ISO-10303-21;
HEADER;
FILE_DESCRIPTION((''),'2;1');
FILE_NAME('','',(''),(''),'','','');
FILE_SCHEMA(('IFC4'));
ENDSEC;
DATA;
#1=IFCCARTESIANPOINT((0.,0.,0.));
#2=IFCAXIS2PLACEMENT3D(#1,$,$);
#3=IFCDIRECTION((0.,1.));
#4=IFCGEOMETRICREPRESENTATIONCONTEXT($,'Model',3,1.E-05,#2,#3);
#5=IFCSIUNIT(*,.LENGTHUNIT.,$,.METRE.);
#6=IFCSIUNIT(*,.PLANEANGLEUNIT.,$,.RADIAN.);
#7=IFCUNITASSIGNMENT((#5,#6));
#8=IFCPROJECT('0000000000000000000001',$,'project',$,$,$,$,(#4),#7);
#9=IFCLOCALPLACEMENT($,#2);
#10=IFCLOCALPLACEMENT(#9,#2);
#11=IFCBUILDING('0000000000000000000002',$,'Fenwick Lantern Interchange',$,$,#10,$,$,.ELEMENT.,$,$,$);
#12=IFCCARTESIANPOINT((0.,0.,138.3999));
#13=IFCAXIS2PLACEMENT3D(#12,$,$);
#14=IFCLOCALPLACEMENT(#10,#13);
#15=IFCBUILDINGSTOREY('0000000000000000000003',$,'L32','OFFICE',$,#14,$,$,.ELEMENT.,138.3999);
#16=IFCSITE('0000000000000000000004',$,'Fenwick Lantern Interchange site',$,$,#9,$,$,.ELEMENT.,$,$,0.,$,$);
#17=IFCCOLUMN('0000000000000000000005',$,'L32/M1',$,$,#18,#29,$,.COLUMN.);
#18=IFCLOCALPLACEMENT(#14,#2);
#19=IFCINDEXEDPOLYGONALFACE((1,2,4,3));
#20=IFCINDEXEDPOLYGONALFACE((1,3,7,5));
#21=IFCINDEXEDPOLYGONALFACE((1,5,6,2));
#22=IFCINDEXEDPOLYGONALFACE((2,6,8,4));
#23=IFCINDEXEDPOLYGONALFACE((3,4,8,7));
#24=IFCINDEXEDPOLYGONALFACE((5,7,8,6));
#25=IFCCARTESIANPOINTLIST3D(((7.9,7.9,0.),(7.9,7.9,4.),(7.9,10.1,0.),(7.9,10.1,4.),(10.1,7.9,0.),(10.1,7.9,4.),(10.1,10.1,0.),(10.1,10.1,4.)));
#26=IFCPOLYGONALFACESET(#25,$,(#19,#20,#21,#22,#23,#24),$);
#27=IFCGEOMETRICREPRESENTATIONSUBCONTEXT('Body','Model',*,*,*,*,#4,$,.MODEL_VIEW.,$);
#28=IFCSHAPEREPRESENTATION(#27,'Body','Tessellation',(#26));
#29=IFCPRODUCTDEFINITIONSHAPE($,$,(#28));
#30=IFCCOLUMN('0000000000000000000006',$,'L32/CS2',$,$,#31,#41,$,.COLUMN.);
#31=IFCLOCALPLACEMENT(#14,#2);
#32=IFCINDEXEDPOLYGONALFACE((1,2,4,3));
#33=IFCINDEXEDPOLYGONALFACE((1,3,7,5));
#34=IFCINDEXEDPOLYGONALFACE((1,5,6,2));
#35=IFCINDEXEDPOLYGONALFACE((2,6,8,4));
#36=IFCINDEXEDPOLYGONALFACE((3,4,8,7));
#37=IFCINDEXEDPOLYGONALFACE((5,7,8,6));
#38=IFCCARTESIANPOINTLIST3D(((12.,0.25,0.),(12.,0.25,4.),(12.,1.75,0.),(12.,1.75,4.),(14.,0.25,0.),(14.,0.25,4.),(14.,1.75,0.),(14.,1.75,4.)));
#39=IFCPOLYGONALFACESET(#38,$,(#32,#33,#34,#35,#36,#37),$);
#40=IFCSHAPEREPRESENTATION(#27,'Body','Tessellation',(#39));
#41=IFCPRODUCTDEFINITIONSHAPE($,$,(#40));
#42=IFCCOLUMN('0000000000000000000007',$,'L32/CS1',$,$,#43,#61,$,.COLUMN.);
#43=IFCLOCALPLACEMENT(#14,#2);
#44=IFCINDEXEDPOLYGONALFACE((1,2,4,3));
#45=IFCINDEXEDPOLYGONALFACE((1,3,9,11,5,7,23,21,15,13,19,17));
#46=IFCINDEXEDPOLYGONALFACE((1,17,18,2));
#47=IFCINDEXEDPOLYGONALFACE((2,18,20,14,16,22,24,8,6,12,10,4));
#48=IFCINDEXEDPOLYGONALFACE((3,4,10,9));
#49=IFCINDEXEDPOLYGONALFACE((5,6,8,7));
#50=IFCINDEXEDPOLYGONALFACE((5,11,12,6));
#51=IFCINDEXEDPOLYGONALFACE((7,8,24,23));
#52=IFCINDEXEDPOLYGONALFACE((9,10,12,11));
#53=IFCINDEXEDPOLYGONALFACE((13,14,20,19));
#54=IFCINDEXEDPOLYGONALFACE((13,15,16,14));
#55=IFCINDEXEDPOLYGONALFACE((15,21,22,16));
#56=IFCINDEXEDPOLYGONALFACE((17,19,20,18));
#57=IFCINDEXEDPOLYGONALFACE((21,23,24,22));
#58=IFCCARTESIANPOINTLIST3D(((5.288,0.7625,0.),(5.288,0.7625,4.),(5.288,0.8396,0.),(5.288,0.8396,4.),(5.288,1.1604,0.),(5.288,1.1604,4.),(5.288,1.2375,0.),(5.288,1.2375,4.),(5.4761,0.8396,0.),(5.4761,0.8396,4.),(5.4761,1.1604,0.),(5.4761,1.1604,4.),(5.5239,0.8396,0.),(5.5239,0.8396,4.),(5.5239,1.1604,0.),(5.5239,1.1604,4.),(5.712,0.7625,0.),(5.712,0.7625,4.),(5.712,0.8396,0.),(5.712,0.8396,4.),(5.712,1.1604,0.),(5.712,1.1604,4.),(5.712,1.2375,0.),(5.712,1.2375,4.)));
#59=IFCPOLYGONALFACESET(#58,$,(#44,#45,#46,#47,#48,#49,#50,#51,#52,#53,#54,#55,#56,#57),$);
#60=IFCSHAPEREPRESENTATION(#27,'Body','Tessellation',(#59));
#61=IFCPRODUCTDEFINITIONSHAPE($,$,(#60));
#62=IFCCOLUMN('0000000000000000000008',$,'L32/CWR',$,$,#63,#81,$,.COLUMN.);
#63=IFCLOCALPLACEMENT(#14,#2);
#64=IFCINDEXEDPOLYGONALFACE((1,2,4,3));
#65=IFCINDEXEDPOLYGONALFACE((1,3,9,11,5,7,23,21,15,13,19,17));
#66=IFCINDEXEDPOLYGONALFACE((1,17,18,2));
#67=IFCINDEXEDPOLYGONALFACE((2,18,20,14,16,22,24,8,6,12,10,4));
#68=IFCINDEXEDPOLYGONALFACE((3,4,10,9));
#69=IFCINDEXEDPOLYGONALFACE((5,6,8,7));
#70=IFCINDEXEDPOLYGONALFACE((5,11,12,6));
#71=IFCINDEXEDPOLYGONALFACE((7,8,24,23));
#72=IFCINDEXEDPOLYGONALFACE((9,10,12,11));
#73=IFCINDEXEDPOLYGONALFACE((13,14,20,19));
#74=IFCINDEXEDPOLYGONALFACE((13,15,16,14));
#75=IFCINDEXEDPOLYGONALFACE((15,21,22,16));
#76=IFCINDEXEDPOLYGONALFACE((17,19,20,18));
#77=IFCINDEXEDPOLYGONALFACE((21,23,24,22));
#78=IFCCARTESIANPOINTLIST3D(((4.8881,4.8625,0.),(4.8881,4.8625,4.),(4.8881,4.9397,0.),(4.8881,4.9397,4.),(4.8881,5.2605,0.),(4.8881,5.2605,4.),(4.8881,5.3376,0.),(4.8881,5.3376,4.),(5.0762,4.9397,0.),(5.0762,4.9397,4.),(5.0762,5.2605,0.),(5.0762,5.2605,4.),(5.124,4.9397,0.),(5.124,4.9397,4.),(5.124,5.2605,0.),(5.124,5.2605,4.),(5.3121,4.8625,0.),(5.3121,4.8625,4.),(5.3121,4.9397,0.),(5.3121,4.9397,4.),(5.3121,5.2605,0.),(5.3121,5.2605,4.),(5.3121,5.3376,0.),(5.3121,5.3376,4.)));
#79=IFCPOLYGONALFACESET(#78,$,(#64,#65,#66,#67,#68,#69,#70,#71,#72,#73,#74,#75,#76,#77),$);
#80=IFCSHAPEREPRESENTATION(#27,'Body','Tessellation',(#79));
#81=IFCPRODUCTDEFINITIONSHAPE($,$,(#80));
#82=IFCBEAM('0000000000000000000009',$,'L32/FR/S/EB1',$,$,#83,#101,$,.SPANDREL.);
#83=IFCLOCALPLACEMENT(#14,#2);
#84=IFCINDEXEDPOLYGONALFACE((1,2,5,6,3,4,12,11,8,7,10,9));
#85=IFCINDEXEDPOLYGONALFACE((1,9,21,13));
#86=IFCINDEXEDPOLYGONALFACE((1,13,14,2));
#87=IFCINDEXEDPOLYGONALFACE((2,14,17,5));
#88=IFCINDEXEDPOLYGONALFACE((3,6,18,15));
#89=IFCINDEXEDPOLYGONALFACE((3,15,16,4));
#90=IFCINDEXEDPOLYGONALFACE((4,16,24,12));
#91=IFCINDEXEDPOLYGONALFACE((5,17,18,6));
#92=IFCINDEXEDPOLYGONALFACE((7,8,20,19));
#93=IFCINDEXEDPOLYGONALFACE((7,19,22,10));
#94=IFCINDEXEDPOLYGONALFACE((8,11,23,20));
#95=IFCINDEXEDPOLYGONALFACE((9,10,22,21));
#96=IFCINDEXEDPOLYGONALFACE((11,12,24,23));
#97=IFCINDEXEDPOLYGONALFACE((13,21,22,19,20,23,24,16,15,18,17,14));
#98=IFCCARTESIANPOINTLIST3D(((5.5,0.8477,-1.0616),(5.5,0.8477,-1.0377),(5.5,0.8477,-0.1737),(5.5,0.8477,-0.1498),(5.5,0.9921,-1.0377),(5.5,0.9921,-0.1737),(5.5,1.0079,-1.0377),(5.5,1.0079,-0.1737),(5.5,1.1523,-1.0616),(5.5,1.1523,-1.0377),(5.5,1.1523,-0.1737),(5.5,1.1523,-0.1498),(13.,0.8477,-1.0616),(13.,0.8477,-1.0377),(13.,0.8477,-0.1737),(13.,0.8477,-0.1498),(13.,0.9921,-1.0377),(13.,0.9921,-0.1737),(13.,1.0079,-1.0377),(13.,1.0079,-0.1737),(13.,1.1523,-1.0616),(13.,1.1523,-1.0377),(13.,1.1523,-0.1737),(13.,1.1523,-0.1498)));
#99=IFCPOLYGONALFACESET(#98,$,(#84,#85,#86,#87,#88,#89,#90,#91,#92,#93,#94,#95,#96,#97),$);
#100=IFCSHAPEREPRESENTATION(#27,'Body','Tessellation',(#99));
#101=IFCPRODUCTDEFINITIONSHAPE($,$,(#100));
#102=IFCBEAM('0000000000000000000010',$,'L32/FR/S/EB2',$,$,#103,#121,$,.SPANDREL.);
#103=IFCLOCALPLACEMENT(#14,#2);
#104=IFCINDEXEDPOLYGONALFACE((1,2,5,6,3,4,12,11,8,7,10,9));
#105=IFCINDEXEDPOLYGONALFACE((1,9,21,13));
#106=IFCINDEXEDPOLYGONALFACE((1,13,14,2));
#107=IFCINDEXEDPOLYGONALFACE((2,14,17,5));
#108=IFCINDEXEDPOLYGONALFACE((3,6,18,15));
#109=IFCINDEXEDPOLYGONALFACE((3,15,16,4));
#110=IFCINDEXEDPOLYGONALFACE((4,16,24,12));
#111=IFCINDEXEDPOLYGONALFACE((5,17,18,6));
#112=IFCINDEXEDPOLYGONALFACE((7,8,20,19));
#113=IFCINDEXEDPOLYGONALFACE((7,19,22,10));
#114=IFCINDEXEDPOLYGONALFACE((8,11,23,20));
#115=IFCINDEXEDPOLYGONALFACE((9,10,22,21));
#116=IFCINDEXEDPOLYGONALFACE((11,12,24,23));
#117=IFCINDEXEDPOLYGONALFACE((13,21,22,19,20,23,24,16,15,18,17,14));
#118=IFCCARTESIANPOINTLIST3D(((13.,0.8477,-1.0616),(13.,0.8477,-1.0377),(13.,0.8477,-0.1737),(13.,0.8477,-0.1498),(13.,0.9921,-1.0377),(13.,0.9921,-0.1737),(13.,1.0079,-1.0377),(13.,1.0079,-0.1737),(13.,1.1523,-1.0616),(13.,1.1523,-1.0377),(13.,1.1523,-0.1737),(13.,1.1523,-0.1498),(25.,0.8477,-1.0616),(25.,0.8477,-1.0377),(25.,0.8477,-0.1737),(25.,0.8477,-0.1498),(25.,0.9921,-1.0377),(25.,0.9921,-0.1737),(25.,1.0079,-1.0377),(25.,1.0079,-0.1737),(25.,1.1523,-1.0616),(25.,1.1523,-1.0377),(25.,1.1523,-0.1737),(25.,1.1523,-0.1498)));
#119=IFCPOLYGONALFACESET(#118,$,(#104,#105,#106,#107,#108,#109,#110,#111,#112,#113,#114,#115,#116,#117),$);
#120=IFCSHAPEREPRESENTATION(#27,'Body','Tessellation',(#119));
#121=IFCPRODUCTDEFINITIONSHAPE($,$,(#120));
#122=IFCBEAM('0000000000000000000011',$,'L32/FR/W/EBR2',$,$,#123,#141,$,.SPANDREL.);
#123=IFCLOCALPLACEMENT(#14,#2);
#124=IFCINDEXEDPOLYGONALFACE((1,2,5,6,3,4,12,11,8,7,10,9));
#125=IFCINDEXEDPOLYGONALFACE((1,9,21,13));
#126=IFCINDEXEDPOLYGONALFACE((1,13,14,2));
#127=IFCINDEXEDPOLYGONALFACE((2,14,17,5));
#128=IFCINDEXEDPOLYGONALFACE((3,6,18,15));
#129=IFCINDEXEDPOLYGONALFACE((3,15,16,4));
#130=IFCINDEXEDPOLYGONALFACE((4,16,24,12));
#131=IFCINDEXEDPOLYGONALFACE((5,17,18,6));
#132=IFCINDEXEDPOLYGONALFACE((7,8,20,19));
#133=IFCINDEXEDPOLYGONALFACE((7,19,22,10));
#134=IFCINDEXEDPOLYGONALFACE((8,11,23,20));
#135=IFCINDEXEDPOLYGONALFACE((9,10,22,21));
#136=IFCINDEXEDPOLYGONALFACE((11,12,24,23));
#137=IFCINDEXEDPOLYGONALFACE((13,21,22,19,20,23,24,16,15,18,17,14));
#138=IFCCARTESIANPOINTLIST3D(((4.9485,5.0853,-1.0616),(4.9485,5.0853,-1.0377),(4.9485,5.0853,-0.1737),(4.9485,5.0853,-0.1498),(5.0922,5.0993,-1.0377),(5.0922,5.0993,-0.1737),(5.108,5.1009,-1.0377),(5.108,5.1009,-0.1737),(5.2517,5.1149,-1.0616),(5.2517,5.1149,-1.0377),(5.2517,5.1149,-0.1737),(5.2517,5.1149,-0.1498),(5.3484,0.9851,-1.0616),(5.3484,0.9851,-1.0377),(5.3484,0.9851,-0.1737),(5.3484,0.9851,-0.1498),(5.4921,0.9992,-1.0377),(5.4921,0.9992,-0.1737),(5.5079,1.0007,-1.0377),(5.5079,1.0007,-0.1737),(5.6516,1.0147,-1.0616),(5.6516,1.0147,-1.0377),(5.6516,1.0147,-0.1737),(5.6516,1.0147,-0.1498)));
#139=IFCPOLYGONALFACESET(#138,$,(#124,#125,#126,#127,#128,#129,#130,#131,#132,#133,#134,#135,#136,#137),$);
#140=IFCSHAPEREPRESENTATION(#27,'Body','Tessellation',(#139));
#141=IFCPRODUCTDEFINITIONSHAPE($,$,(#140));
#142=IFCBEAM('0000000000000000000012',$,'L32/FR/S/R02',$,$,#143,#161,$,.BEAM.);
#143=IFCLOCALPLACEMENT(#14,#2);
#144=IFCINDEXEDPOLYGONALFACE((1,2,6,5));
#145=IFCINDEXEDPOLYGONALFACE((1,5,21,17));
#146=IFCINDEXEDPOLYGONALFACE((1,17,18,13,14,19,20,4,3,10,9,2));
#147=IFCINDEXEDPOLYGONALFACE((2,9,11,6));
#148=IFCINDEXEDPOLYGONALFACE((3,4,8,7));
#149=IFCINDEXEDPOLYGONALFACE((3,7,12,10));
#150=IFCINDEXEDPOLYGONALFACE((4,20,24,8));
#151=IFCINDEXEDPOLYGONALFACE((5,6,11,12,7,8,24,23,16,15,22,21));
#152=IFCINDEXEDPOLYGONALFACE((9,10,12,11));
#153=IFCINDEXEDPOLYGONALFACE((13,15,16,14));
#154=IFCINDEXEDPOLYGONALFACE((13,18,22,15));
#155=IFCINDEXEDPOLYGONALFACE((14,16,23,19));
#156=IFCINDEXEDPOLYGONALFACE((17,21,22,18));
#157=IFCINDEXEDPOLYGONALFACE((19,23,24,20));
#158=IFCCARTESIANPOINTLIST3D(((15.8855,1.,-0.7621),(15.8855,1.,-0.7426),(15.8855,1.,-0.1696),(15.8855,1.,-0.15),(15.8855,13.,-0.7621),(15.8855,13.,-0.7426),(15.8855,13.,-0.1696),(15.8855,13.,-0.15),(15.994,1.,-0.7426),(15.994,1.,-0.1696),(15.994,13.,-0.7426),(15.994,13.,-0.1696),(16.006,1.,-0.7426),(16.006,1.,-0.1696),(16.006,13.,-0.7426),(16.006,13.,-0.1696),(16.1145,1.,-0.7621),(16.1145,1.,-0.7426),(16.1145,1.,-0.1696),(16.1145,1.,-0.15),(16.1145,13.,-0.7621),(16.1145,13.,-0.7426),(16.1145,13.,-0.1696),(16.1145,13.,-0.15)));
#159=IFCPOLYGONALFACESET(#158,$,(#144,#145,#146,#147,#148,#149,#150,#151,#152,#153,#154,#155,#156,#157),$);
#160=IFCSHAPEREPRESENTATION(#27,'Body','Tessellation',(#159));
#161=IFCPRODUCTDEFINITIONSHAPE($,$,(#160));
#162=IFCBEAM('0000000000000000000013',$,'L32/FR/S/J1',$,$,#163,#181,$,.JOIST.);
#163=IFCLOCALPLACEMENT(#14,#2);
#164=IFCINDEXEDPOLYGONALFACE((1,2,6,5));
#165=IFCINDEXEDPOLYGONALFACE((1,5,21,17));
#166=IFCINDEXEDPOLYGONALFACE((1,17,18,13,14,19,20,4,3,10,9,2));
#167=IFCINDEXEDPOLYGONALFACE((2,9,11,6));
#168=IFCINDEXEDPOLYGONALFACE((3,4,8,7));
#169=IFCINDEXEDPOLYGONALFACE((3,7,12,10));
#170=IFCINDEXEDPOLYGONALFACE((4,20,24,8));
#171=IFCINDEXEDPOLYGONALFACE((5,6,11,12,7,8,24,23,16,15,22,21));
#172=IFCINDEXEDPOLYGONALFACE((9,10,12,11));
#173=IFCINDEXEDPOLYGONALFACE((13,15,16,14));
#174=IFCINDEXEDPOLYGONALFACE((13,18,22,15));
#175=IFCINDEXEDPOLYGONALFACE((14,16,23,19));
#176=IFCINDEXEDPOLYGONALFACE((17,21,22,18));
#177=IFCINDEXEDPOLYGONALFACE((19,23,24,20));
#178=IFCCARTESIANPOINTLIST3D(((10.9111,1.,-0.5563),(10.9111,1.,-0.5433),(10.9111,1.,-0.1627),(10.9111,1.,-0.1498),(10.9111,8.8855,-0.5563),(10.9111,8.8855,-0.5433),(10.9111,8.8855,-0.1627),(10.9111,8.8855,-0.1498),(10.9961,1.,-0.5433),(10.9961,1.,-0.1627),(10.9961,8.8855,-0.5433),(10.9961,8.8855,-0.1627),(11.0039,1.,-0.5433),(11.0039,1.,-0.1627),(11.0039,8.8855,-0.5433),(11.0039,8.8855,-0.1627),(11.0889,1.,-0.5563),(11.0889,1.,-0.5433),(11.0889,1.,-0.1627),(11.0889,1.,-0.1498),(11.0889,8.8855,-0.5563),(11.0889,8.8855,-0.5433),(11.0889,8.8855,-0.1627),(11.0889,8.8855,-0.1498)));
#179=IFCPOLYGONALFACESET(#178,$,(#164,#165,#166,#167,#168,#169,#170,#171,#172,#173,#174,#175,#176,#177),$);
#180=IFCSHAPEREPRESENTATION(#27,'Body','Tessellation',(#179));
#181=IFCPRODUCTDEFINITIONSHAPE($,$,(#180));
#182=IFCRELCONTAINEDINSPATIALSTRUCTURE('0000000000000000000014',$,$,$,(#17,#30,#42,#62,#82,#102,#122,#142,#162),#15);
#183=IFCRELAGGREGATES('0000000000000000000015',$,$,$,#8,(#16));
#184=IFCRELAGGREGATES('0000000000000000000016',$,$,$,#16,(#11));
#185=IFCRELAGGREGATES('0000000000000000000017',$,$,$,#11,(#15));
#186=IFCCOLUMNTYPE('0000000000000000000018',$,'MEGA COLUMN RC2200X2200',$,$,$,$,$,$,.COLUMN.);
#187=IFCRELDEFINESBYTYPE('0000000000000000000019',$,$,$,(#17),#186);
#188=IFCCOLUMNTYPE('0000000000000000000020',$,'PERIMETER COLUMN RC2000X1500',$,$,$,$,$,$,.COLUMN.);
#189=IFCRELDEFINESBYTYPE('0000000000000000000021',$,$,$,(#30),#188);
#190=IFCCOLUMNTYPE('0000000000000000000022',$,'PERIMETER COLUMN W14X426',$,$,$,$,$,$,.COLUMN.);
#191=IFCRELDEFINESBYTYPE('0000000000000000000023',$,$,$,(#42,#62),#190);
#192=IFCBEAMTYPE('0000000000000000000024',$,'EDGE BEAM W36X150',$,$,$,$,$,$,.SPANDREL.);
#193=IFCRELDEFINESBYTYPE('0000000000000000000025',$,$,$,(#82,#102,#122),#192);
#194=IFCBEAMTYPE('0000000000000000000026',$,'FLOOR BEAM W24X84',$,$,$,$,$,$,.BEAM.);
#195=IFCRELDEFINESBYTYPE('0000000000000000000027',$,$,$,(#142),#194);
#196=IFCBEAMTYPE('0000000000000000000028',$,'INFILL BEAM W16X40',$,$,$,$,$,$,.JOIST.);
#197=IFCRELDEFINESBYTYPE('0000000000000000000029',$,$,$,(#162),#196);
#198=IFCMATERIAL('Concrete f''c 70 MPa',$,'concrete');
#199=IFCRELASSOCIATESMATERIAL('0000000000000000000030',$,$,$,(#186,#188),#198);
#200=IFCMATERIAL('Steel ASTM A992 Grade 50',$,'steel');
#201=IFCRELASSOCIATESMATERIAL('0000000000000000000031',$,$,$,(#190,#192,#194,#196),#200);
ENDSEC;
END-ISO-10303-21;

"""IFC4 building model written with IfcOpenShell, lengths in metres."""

from ifc_helpers import new_model, si_unit, direction, frame, origin, origin_2d, place, context, subcontext, project, spatial, rectangle, i_section, extrude, material, material_profile, profile_set, type_object, element, save


model = new_model("IFC4")

# Units and contexts
model_context = context("Model", 3, precision=1e-05, world=origin(), true_north=direction((0.0, 1.0)))
body_context = subcontext(model_context, "Body", "Model", "MODEL_VIEW")
ifc_project = project(units=[si_unit("LENGTHUNIT", "METRE"), si_unit("PLANEANGLEUNIT", "RADIAN")], contexts=[model_context])

# Site, building, storey
site_placement = place(None, origin())
site = spatial("IfcSite", under=ifc_project, at=site_placement, Name="Fenwick Lantern Interchange site", CompositionType="ELEMENT", RefElevation=0.0)
building_placement = place(site_placement, origin())
building = spatial("IfcBuilding", under=site, at=building_placement, Name="Fenwick Lantern Interchange", CompositionType="ELEMENT")
storey_placement = place(building_placement, frame((0.0, 0.0, 138.3999)))
storey = spatial("IfcBuildingStorey", under=building, at=storey_placement, Name="L32", Description="OFFICE", CompositionType="ELEMENT", Elevation=138.3999)

# Columns
ifc_material_1 = material(Name="Concrete f'c 70 MPa", Category="concrete")
ifc_material_profile_1 = material_profile(ifc_material_1, rectangle(XDim=2.2, YDim=2.2, at=origin_2d()), Name="RC2200X2200")
ifc_profile_set_1 = profile_set([ifc_material_profile_1], Name="Concrete f'c 70 MPa")
column_type_1 = type_object("IfcColumnType", Name="MEGA COLUMN RC2200X2200", PredefinedType="COLUMN", material=ifc_profile_set_1)
column_1_placement = place(storey_placement, frame((9.0, 9.0, 0.0), z_axis=(0.0, 0.0, 1.0), x_axis=(1.0, 0.0, 0.0)))
element("IfcColumn", 1, at=column_1_placement, inside=storey, type_object=column_type_1, Name="L32/M1", PredefinedType="COLUMN", context=body_context, shape_type="SweptSolid", body=[
    extrude(rectangle(XDim=2.2, YDim=2.2, at=origin_2d()), origin(), (0.0, 0.0, 1.0), 4.0),
])
ifc_material_profile_2 = material_profile(ifc_material_1, rectangle(XDim=2.0, YDim=1.5, at=origin_2d()), Name="RC2000X1500")
ifc_profile_set_2 = profile_set([ifc_material_profile_2], Name="Concrete f'c 70 MPa")
column_type_2 = type_object("IfcColumnType", Name="PERIMETER COLUMN RC2000X1500", PredefinedType="COLUMN", material=ifc_profile_set_2)
column_2_placement = place(storey_placement, frame((13.0, 1.0, 0.0), z_axis=(0.0, 0.0, 1.0), x_axis=(1.0, 0.0, 0.0)))
element("IfcColumn", 2, at=column_2_placement, inside=storey, type_object=column_type_2, Name="L32/CS2", PredefinedType="COLUMN", context=body_context, shape_type="SweptSolid", body=[
    extrude(rectangle(XDim=2.0, YDim=1.5, at=origin_2d()), origin(), (0.0, 0.0, 1.0), 4.0),
])
ifc_material_2 = material(Name="Steel ASTM A992 Grade 50", Category="steel")
ifc_material_profile_3 = material_profile(ifc_material_2, i_section(OverallWidth=0.4241, OverallDepth=0.4751, WebThickness=0.0479, FlangeThickness=0.0771, at=origin_2d()), Name="W14X426")
ifc_profile_set_3 = profile_set([ifc_material_profile_3], Name="Steel ASTM A992 Grade 50")
column_type_3 = type_object("IfcColumnType", Name="PERIMETER COLUMN W14X426", PredefinedType="COLUMN", material=ifc_profile_set_3)
for number, where, z_axis, x_axis, name in (
    (3, (5.5, 1.0, 0.0), (0.0, 0.0, 1.0), (1.0, 0.0, 0.0), "L32/CS1"),
    (4, (5.1001, 5.1001, 0.0), (0.0, 0.0, 1.0), (1.0, 0.0, 0.0), "L32/CWR"),
):
    element("IfcColumn", number, at=place(storey_placement, frame(where, z_axis=z_axis, x_axis=x_axis)), inside=storey, type_object=column_type_3, Name=name, PredefinedType="COLUMN", context=body_context, shape_type="SweptSolid", body=[
        extrude(i_section(OverallWidth=0.4241, OverallDepth=0.4751, WebThickness=0.0479, FlangeThickness=0.0771, at=origin_2d()), origin(), (0.0, 0.0, 1.0), 4.0),
    ])

# Beams
ifc_material_profile_4 = material_profile(ifc_material_2, i_section(OverallWidth=0.3047, OverallDepth=0.9119, WebThickness=0.0159, FlangeThickness=0.0239, at=origin_2d()), Name="W36X150")
ifc_profile_set_4 = profile_set([ifc_material_profile_4], Name="Steel ASTM A992 Grade 50")
beam_type_1 = type_object("IfcBeamType", Name="EDGE BEAM W36X150", PredefinedType="SPANDREL", material=ifc_profile_set_4)
beam_1_placement = place(storey_placement, frame((5.5, 1.0, -0.6057), z_axis=(1.0, 0.0, 0.0), x_axis=(0.0, 1.0, 0.0)))
element("IfcBeam", 5, at=beam_1_placement, inside=storey, type_object=beam_type_1, Name="L32/FR/S/EB1", PredefinedType="SPANDREL", context=body_context, shape_type="SweptSolid", body=[
    extrude(i_section(OverallWidth=0.3047, OverallDepth=0.9119, WebThickness=0.0159, FlangeThickness=0.0239, at=origin_2d()), origin(), (0.0, 0.0, 1.0), 7.5),
])
beam_2_placement = place(storey_placement, frame((13.0, 1.0, -0.6057), z_axis=(1.0, 0.0, 0.0), x_axis=(0.0, 1.0, 0.0)))
element("IfcBeam", 6, at=beam_2_placement, inside=storey, type_object=beam_type_1, Name="L32/FR/S/EB2", PredefinedType="SPANDREL", context=body_context, shape_type="SweptSolid", body=[
    extrude(i_section(OverallWidth=0.3047, OverallDepth=0.9119, WebThickness=0.0159, FlangeThickness=0.0239, at=origin_2d()), origin(), (0.0, 0.0, 1.0), 12.0),
])
beam_3_placement = place(storey_placement, frame((5.1001, 5.1001, -0.6057), z_axis=(0.097074, -0.995277, 0.0), x_axis=(0.995277, 0.097074, 0.0)))
element("IfcBeam", 7, at=beam_3_placement, inside=storey, type_object=beam_type_1, Name="L32/FR/W/EBR2", PredefinedType="SPANDREL", context=body_context, shape_type="SweptSolid", body=[
    extrude(i_section(OverallWidth=0.3047, OverallDepth=0.9119, WebThickness=0.0159, FlangeThickness=0.0239, at=origin_2d()), origin(), (0.0, 0.0, 1.0), 4.1196),
])
ifc_material_profile_5 = material_profile(ifc_material_2, i_section(OverallWidth=0.229, OverallDepth=0.6121, WebThickness=0.012, FlangeThickness=0.0195, at=origin_2d()), Name="W24X84")
ifc_profile_set_5 = profile_set([ifc_material_profile_5], Name="Steel ASTM A992 Grade 50")
beam_type_2 = type_object("IfcBeamType", Name="FLOOR BEAM W24X84", PredefinedType="BEAM", material=ifc_profile_set_5)
beam_4_placement = place(storey_placement, frame((16.0, 1.0, -0.4561), z_axis=(0.0, 1.0, 0.0), x_axis=(-1.0, 0.0, 0.0)))
element("IfcBeam", 8, at=beam_4_placement, inside=storey, type_object=beam_type_2, Name="L32/FR/S/R02", PredefinedType="BEAM", context=body_context, shape_type="SweptSolid", body=[
    extrude(i_section(OverallWidth=0.229, OverallDepth=0.6121, WebThickness=0.012, FlangeThickness=0.0195, at=origin_2d()), origin(), (0.0, 0.0, 1.0), 12.0),
])
ifc_material_profile_6 = material_profile(ifc_material_2, i_section(OverallWidth=0.1777, OverallDepth=0.4065, WebThickness=0.0078, FlangeThickness=0.0129, at=origin_2d()), Name="W16X40")
ifc_profile_set_6 = profile_set([ifc_material_profile_6], Name="Steel ASTM A992 Grade 50")
beam_type_3 = type_object("IfcBeamType", Name="INFILL BEAM W16X40", PredefinedType="JOIST", material=ifc_profile_set_6)
beam_5_placement = place(storey_placement, frame((11.0, 1.0, -0.353), z_axis=(0.0, 1.0, 0.0), x_axis=(-1.0, 0.0, 0.0)))
element("IfcBeam", 9, at=beam_5_placement, inside=storey, type_object=beam_type_3, Name="L32/FR/S/J1", PredefinedType="JOIST", context=body_context, shape_type="SweptSolid", body=[
    extrude(i_section(OverallWidth=0.1777, OverallDepth=0.4065, WebThickness=0.0078, FlangeThickness=0.0129, at=origin_2d()), origin(), (0.0, 0.0, 1.0), 7.8855),
])

save(model, "model.ifc")
